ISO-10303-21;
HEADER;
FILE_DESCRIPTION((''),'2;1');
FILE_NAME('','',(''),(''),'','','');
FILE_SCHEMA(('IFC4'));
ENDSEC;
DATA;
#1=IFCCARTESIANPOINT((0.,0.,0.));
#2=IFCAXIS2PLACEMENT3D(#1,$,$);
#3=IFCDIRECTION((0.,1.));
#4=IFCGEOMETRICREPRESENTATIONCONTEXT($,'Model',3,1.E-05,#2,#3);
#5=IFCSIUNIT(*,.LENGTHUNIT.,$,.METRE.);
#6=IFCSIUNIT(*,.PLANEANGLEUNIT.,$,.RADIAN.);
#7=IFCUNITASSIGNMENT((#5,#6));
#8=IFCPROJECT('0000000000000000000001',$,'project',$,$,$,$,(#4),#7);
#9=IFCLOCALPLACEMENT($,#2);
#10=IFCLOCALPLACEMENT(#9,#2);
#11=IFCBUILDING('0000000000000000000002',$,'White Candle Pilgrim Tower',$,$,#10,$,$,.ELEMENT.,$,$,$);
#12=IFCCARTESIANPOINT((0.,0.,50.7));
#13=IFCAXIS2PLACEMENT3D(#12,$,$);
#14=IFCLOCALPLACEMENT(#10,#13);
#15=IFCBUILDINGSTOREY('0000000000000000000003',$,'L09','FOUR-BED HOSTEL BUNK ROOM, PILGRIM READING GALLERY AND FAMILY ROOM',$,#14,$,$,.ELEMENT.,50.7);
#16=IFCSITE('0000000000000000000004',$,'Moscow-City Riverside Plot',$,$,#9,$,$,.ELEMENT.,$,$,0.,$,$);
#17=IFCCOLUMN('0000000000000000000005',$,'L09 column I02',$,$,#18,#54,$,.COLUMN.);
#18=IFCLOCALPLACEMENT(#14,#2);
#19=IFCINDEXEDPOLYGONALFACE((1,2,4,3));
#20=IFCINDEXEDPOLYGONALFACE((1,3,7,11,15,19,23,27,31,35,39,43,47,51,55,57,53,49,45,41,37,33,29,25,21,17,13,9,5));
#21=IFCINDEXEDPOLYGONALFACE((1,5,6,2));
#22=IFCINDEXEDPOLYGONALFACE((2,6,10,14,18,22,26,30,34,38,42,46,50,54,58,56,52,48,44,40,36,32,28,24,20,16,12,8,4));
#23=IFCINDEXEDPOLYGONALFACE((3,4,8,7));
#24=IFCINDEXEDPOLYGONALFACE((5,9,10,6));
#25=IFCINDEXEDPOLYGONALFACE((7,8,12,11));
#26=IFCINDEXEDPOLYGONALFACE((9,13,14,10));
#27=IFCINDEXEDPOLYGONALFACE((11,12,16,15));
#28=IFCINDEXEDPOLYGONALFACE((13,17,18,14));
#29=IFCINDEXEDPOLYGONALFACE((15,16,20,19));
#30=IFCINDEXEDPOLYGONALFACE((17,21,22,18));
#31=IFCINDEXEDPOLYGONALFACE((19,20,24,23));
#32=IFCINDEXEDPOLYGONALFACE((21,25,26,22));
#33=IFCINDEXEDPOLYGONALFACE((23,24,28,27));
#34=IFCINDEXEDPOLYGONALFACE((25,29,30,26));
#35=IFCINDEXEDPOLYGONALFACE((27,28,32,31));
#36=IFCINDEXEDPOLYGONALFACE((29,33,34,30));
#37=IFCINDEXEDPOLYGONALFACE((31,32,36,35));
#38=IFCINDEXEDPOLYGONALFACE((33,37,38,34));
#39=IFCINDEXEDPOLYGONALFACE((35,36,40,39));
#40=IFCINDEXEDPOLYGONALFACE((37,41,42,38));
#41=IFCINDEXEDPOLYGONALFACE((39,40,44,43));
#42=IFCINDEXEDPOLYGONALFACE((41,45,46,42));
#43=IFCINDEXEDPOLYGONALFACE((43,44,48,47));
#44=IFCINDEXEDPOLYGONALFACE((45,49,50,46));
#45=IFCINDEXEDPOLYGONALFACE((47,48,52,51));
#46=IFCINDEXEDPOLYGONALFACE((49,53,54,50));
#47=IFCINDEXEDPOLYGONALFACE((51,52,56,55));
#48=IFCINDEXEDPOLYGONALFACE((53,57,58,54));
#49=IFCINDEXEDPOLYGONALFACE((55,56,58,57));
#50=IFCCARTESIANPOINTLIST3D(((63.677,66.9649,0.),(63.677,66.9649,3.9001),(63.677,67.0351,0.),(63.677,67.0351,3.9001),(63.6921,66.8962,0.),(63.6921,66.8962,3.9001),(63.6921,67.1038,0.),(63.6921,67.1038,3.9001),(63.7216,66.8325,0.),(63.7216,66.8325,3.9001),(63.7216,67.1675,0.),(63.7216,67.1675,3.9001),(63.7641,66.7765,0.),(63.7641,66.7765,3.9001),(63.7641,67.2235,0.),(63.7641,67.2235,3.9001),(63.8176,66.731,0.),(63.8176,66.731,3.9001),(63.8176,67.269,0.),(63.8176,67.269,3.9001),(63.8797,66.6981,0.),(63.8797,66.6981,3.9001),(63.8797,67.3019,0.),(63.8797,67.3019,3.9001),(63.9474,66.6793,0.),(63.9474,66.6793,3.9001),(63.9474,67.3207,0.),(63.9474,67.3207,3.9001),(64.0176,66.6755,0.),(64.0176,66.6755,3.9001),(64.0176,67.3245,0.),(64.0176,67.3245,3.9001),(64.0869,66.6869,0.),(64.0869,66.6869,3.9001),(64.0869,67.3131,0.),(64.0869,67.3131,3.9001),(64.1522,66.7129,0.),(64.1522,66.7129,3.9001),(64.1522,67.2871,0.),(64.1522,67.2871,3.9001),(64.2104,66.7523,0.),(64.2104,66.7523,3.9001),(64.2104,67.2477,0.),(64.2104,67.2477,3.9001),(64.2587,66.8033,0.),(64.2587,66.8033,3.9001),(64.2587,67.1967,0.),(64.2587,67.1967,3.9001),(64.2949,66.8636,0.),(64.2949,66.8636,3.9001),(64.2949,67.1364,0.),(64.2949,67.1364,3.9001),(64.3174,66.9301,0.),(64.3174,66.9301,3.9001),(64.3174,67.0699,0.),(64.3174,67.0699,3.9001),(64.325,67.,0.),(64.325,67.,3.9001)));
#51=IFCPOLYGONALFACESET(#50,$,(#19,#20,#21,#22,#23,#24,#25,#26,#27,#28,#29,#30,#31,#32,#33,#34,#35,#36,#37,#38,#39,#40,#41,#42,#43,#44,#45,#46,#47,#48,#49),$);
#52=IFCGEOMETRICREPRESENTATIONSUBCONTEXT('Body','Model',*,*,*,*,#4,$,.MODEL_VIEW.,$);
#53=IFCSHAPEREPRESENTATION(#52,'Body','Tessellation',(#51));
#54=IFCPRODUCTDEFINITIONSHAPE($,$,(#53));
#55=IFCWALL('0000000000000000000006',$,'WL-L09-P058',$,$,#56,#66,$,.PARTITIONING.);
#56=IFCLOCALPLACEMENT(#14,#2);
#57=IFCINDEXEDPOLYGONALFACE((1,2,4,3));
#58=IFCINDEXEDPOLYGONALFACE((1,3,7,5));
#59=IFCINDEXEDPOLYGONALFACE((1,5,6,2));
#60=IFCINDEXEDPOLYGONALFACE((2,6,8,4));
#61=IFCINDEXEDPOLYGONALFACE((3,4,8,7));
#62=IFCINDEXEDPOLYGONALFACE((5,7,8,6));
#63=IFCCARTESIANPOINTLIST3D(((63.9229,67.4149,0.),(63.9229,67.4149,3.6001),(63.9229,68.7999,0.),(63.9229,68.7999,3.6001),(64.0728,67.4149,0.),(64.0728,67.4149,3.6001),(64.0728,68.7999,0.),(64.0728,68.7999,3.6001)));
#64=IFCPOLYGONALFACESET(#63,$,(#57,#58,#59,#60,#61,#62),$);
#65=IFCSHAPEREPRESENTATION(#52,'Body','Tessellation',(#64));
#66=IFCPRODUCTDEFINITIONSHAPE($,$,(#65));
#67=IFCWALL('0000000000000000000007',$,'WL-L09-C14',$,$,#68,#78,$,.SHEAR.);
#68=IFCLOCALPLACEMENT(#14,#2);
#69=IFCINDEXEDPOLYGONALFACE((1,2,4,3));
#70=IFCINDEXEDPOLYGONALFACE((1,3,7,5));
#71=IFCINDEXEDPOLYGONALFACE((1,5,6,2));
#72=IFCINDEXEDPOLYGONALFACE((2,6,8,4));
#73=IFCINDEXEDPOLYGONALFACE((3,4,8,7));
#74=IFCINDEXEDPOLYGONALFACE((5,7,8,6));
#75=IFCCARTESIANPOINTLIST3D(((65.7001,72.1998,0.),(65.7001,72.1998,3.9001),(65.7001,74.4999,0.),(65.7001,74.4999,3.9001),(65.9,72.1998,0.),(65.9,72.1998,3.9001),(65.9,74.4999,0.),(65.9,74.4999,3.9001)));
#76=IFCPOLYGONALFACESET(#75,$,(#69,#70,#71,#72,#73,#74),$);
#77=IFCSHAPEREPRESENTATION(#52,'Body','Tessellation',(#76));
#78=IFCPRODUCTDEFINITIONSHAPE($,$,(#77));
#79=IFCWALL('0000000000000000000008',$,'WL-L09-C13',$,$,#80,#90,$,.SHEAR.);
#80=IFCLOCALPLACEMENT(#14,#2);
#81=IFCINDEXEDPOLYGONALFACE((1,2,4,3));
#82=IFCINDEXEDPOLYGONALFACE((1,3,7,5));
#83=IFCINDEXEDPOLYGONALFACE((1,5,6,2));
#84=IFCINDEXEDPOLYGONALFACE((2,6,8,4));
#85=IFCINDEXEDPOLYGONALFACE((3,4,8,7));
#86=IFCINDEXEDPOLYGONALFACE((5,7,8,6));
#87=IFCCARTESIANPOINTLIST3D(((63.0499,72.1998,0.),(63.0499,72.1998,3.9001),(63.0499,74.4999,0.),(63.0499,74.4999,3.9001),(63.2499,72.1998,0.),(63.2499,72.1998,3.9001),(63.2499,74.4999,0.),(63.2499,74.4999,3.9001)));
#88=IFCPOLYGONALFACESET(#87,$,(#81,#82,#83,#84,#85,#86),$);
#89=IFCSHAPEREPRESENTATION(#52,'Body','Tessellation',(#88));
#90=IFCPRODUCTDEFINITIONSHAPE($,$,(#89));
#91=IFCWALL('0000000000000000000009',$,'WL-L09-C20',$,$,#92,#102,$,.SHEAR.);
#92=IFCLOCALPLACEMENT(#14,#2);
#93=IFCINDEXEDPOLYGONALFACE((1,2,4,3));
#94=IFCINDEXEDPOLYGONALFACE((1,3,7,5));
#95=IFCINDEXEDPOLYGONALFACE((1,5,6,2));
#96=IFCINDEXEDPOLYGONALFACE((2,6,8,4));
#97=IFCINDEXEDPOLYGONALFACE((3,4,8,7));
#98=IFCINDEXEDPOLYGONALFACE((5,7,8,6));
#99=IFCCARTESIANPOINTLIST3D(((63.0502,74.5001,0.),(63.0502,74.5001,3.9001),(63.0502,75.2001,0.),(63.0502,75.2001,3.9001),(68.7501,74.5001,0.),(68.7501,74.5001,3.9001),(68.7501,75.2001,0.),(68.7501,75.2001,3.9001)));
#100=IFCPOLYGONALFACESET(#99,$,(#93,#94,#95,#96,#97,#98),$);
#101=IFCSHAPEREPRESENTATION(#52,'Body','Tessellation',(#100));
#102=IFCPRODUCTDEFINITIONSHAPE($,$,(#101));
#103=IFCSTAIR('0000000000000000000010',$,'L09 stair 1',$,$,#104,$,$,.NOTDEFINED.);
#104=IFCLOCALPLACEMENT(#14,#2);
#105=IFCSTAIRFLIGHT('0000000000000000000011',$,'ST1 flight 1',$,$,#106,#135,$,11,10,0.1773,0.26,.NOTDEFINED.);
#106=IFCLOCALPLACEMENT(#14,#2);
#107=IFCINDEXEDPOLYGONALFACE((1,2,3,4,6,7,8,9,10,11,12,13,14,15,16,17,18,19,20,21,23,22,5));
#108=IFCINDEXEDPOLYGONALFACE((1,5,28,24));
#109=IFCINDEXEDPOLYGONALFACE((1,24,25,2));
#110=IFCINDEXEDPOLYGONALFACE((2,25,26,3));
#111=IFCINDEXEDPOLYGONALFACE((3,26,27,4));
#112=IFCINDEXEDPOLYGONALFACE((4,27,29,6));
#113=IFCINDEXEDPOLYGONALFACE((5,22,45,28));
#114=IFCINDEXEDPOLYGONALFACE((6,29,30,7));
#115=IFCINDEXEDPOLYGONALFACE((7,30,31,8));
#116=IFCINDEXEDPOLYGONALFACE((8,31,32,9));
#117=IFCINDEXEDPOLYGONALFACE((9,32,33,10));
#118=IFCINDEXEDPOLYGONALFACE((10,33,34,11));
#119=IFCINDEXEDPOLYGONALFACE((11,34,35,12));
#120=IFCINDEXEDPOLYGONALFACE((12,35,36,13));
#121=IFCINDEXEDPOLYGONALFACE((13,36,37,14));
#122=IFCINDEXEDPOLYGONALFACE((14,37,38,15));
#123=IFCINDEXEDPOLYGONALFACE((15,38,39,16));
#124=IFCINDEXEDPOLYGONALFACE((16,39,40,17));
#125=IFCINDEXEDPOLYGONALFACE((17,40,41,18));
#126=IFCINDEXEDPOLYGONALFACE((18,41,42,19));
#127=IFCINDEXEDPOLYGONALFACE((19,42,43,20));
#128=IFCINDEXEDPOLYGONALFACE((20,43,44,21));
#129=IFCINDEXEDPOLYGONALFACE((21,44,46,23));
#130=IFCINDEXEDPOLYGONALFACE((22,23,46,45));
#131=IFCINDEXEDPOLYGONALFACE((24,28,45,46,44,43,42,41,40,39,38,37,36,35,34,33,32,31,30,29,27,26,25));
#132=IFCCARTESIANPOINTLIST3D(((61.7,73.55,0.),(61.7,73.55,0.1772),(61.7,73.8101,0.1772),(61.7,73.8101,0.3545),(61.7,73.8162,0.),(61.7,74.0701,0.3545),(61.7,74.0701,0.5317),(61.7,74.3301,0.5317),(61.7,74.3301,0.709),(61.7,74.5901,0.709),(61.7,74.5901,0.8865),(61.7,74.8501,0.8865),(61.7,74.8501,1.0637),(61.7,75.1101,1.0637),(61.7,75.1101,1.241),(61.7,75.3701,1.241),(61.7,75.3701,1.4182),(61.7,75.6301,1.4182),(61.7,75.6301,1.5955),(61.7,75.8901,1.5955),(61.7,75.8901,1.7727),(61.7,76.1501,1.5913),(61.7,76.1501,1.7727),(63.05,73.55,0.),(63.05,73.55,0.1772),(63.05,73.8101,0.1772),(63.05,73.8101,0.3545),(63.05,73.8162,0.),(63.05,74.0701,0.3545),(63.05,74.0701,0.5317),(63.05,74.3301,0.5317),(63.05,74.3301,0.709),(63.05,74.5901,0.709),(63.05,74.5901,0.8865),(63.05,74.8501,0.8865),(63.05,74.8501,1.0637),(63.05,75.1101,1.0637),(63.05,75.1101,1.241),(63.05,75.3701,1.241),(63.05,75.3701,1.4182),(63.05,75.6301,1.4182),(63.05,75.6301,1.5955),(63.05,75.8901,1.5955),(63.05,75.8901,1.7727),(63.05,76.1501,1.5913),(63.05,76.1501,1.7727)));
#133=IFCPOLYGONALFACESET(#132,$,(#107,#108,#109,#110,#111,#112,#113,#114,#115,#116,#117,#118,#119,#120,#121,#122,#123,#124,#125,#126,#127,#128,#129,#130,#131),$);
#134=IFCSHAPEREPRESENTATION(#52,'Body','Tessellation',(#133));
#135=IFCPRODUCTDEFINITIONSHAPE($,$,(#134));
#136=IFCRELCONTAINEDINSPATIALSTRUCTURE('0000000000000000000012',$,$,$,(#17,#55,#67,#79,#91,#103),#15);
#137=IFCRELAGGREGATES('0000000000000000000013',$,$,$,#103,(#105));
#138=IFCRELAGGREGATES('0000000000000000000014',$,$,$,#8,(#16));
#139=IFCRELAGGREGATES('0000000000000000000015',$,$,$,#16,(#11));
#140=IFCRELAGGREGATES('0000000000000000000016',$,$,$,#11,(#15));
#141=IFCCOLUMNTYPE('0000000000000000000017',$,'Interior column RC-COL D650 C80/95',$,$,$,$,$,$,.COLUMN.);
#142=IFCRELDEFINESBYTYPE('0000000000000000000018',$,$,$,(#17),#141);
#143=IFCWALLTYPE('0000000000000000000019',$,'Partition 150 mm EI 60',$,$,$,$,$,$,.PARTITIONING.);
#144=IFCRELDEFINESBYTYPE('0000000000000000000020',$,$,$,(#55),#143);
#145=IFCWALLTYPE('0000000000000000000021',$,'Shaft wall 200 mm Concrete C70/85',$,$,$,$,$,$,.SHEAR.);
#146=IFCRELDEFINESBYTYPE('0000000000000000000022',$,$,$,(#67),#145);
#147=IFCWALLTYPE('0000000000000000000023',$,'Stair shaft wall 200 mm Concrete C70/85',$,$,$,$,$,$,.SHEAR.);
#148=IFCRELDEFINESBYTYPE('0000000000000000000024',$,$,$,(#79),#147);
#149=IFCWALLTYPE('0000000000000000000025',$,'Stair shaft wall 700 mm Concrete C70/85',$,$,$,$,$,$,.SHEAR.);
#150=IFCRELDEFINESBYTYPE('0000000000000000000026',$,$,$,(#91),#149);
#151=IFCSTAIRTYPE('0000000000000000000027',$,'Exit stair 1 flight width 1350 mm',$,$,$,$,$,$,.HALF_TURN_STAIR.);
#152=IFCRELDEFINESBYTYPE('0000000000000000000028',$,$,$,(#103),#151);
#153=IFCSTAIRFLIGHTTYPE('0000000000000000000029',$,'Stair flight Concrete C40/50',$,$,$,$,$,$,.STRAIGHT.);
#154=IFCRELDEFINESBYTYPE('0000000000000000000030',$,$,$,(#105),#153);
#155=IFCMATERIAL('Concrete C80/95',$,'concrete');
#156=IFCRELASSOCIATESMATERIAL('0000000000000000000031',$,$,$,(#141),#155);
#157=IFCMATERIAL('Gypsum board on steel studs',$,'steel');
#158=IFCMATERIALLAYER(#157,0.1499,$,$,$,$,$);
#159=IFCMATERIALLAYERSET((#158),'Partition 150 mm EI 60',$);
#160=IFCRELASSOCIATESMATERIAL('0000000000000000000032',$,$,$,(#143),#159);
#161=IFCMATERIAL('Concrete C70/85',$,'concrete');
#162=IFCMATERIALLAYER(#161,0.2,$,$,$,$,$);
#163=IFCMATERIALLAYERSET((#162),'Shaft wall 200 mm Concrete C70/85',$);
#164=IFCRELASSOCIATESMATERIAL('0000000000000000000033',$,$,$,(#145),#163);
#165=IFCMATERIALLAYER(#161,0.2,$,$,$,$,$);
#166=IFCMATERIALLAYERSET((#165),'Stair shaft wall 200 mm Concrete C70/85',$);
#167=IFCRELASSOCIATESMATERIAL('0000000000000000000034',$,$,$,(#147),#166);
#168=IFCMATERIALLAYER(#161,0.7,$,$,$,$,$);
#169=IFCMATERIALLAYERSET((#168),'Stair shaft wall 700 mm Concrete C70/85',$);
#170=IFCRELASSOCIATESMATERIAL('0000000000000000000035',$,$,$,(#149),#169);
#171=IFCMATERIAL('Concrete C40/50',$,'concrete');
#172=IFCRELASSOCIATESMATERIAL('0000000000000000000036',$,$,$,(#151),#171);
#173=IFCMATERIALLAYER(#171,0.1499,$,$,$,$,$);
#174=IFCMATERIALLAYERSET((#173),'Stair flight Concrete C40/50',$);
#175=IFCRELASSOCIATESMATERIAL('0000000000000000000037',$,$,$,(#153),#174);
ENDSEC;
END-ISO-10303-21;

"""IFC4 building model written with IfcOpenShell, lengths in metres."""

from ifc_helpers import new_model, si_unit, direction, frame, frame_2d, origin, origin_2d, place, context, subcontext, project, spatial, polyline, rectangle, circle, outline, extrude, material, layer, layer_set, material_profile, profile_set, type_object, element, aggregate, save


model = new_model("IFC4")

# Units and contexts
model_context = context("Model", 3, precision=1e-05, world=origin(), true_north=direction((0.0, 1.0)))
body_context = subcontext(model_context, "Body", "Model", "MODEL_VIEW")
ifc_project = project(units=[si_unit("LENGTHUNIT", "METRE"), si_unit("PLANEANGLEUNIT", "RADIAN")], contexts=[model_context])

# Site, building, storey
site_placement = place(None, origin())
site = spatial("IfcSite", under=ifc_project, at=site_placement, Name="Moscow-City Riverside Plot", CompositionType="ELEMENT", RefElevation=0.0)
building_placement = place(site_placement, origin())
building = spatial("IfcBuilding", under=site, at=building_placement, Name="White Candle Pilgrim Tower", CompositionType="ELEMENT")
storey_placement = place(building_placement, frame((0.0, 0.0, 50.7)))
storey = spatial("IfcBuildingStorey", under=building, at=storey_placement, Name="L09", Description="FOUR-BED HOSTEL BUNK ROOM, PILGRIM READING GALLERY AND FAMILY ROOM", CompositionType="ELEMENT", Elevation=50.7)

# Column
ifc_material_1 = material(Name="Concrete C80/95", Category="concrete")
ifc_material_profile = material_profile(ifc_material_1, circle(Radius=0.325, at=origin_2d()), Name="RC-COL D650")
ifc_profile_set = profile_set([ifc_material_profile], Name="Concrete C80/95")
column_type = type_object("IfcColumnType", Name="Interior column RC-COL D650 C80/95", PredefinedType="COLUMN", material=ifc_profile_set)
column_placement = place(storey_placement, frame((64.0, 67.0, 0.0), z_axis=(0.0, 0.0, 1.0), x_axis=(1.0, 0.0, 0.0)))
element("IfcColumn", 1, at=column_placement, inside=storey, type_object=column_type, Name="L09 column I02", PredefinedType="COLUMN", context=body_context, shape_type="SweptSolid", body=[
    extrude(circle(Radius=0.325, at=origin_2d()), origin(), (0.0, 0.0, 1.0), 3.9001),
])

# Walls
ifc_material_2 = material(Name="Gypsum board on steel studs", Category="steel")
ifc_layer_1 = layer(ifc_material_2, 0.1499)
ifc_layer_set_1 = layer_set([ifc_layer_1], Name="Partition 150 mm EI 60")
wall_type_1 = type_object("IfcWallType", Name="Partition 150 mm EI 60", PredefinedType="PARTITIONING", material=ifc_layer_set_1)
wall_1_placement = place(storey_placement, frame((63.9978, 67.415, 0.0), z_axis=(0.0, 0.0, 1.0), x_axis=(0.0, 1.0, 0.0)))
element("IfcWall", 2, at=wall_1_placement, inside=storey, type_object=wall_type_1, Name="WL-L09-P058", PredefinedType="PARTITIONING", context=body_context, shape_type="SweptSolid", body=[
    extrude(rectangle(XDim=1.385, YDim=0.1499, at=frame_2d((0.6924, 0.0))), origin(), (0.0, 0.0, 1.0), 3.6001),
])
ifc_material_3 = material(Name="Concrete C70/85", Category="concrete")
ifc_layer_2 = layer(ifc_material_3, 0.2)
ifc_layer_set_2 = layer_set([ifc_layer_2], Name="Shaft wall 200 mm Concrete C70/85")
wall_type_2 = type_object("IfcWallType", Name="Shaft wall 200 mm Concrete C70/85", PredefinedType="SHEAR", material=ifc_layer_set_2)
wall_2_placement = place(storey_placement, frame((65.8, 72.2, 0.0), z_axis=(0.0, 0.0, 1.0), x_axis=(0.0, 1.0, 0.0)))
element("IfcWall", 3, at=wall_2_placement, inside=storey, type_object=wall_type_2, Name="WL-L09-C14", PredefinedType="SHEAR", context=body_context, shape_type="SweptSolid", body=[
    extrude(rectangle(XDim=2.3, YDim=0.2, at=frame_2d((1.1499, 0.0))), origin(), (0.0, 0.0, 1.0), 3.9001),
])
ifc_layer_3 = layer(ifc_material_3, 0.2)
ifc_layer_set_3 = layer_set([ifc_layer_3], Name="Stair shaft wall 200 mm Concrete C70/85")
wall_type_3 = type_object("IfcWallType", Name="Stair shaft wall 200 mm Concrete C70/85", PredefinedType="SHEAR", material=ifc_layer_set_3)
wall_3_placement = place(storey_placement, frame((63.1499, 72.2, 0.0), z_axis=(0.0, 0.0, 1.0), x_axis=(0.0, 1.0, 0.0)))
element("IfcWall", 4, at=wall_3_placement, inside=storey, type_object=wall_type_3, Name="WL-L09-C13", PredefinedType="SHEAR", context=body_context, shape_type="SweptSolid", body=[
    extrude(rectangle(XDim=2.3, YDim=0.2, at=frame_2d((1.1499, 0.0))), origin(), (0.0, 0.0, 1.0), 3.9001),
])
ifc_layer_4 = layer(ifc_material_3, 0.7)
ifc_layer_set_4 = layer_set([ifc_layer_4], Name="Stair shaft wall 700 mm Concrete C70/85")
wall_type_4 = type_object("IfcWallType", Name="Stair shaft wall 700 mm Concrete C70/85", PredefinedType="SHEAR", material=ifc_layer_set_4)
wall_4_placement = place(storey_placement, frame((63.05, 74.8501, 0.0), z_axis=(0.0, 0.0, 1.0), x_axis=(1.0, 0.0, 0.0)))
element("IfcWall", 5, at=wall_4_placement, inside=storey, type_object=wall_type_4, Name="WL-L09-C20", PredefinedType="SHEAR", context=body_context, shape_type="SweptSolid", body=[
    extrude(rectangle(XDim=5.7, YDim=0.7, at=frame_2d((2.8501, 0.0))), origin(), (0.0, 0.0, 1.0), 3.9001),
])

# Stair, stair flight
ifc_material_4 = material(Name="Concrete C40/50", Category="concrete")
stair_type = type_object("IfcStairType", Name="Exit stair 1 flight width 1350 mm", PredefinedType="HALF_TURN_STAIR", material=ifc_material_4)
stair_placement = place(storey_placement, origin())
stair = element("IfcStair", 6, at=stair_placement, inside=storey, type_object=stair_type, Name="L09 stair 1", PredefinedType="NOTDEFINED")
ifc_layer_5 = layer(ifc_material_4, 0.1499)
ifc_layer_set_5 = layer_set([ifc_layer_5], Name="Stair flight Concrete C40/50")
stair_flight_type = type_object("IfcStairFlightType", Name="Stair flight Concrete C40/50", PredefinedType="STRAIGHT", material=ifc_layer_set_5)
stair_flight_placement = place(storey_placement, frame((62.375, 73.55, 0.0), z_axis=(0.0, 0.0, 1.0), x_axis=(0.0, 1.0, 0.0)))
stair_flight = element("IfcStairFlight", 7, at=stair_flight_placement, type_object=stair_flight_type, Name="ST1 flight 1", NumberOfRisers=11, NumberOfTreads=10, PredefinedType="NOTDEFINED", RiserHeight=0.1773, TreadLength=0.26, context=body_context, shape_type="SweptSolid", body=[
    extrude(outline(polyline([(0.0, 0.0), (0.0, 0.1772), (0.26, 0.1772), (0.26, 0.3545), (0.52, 0.3545), (0.52, 0.5317), (0.78, 0.5317), (0.78, 0.709), (1.04, 0.709), (1.04, 0.8865), (1.3, 0.8865), (1.3, 1.0637), (1.5601, 1.0637), (1.5601, 1.241), (1.8201, 1.241), (1.8201, 1.4182), (2.0801, 1.4182), (2.0801, 1.5955), (2.3401, 1.5955), (2.3401, 1.7727), (2.6001, 1.7727), (2.6001, 1.95), (2.6001, 1.5913), (0.2661, 0.0), (0.0, 0.0)])), frame((0.0, 0.675, 0.0), z_axis=(0.0, -1.0, 0.0), x_axis=(1.0, 0.0, 0.0)), (0.0, 0.0, 1.0), 1.3501),
])
aggregate(stair, [stair_flight])

save(model, "model.ifc")
